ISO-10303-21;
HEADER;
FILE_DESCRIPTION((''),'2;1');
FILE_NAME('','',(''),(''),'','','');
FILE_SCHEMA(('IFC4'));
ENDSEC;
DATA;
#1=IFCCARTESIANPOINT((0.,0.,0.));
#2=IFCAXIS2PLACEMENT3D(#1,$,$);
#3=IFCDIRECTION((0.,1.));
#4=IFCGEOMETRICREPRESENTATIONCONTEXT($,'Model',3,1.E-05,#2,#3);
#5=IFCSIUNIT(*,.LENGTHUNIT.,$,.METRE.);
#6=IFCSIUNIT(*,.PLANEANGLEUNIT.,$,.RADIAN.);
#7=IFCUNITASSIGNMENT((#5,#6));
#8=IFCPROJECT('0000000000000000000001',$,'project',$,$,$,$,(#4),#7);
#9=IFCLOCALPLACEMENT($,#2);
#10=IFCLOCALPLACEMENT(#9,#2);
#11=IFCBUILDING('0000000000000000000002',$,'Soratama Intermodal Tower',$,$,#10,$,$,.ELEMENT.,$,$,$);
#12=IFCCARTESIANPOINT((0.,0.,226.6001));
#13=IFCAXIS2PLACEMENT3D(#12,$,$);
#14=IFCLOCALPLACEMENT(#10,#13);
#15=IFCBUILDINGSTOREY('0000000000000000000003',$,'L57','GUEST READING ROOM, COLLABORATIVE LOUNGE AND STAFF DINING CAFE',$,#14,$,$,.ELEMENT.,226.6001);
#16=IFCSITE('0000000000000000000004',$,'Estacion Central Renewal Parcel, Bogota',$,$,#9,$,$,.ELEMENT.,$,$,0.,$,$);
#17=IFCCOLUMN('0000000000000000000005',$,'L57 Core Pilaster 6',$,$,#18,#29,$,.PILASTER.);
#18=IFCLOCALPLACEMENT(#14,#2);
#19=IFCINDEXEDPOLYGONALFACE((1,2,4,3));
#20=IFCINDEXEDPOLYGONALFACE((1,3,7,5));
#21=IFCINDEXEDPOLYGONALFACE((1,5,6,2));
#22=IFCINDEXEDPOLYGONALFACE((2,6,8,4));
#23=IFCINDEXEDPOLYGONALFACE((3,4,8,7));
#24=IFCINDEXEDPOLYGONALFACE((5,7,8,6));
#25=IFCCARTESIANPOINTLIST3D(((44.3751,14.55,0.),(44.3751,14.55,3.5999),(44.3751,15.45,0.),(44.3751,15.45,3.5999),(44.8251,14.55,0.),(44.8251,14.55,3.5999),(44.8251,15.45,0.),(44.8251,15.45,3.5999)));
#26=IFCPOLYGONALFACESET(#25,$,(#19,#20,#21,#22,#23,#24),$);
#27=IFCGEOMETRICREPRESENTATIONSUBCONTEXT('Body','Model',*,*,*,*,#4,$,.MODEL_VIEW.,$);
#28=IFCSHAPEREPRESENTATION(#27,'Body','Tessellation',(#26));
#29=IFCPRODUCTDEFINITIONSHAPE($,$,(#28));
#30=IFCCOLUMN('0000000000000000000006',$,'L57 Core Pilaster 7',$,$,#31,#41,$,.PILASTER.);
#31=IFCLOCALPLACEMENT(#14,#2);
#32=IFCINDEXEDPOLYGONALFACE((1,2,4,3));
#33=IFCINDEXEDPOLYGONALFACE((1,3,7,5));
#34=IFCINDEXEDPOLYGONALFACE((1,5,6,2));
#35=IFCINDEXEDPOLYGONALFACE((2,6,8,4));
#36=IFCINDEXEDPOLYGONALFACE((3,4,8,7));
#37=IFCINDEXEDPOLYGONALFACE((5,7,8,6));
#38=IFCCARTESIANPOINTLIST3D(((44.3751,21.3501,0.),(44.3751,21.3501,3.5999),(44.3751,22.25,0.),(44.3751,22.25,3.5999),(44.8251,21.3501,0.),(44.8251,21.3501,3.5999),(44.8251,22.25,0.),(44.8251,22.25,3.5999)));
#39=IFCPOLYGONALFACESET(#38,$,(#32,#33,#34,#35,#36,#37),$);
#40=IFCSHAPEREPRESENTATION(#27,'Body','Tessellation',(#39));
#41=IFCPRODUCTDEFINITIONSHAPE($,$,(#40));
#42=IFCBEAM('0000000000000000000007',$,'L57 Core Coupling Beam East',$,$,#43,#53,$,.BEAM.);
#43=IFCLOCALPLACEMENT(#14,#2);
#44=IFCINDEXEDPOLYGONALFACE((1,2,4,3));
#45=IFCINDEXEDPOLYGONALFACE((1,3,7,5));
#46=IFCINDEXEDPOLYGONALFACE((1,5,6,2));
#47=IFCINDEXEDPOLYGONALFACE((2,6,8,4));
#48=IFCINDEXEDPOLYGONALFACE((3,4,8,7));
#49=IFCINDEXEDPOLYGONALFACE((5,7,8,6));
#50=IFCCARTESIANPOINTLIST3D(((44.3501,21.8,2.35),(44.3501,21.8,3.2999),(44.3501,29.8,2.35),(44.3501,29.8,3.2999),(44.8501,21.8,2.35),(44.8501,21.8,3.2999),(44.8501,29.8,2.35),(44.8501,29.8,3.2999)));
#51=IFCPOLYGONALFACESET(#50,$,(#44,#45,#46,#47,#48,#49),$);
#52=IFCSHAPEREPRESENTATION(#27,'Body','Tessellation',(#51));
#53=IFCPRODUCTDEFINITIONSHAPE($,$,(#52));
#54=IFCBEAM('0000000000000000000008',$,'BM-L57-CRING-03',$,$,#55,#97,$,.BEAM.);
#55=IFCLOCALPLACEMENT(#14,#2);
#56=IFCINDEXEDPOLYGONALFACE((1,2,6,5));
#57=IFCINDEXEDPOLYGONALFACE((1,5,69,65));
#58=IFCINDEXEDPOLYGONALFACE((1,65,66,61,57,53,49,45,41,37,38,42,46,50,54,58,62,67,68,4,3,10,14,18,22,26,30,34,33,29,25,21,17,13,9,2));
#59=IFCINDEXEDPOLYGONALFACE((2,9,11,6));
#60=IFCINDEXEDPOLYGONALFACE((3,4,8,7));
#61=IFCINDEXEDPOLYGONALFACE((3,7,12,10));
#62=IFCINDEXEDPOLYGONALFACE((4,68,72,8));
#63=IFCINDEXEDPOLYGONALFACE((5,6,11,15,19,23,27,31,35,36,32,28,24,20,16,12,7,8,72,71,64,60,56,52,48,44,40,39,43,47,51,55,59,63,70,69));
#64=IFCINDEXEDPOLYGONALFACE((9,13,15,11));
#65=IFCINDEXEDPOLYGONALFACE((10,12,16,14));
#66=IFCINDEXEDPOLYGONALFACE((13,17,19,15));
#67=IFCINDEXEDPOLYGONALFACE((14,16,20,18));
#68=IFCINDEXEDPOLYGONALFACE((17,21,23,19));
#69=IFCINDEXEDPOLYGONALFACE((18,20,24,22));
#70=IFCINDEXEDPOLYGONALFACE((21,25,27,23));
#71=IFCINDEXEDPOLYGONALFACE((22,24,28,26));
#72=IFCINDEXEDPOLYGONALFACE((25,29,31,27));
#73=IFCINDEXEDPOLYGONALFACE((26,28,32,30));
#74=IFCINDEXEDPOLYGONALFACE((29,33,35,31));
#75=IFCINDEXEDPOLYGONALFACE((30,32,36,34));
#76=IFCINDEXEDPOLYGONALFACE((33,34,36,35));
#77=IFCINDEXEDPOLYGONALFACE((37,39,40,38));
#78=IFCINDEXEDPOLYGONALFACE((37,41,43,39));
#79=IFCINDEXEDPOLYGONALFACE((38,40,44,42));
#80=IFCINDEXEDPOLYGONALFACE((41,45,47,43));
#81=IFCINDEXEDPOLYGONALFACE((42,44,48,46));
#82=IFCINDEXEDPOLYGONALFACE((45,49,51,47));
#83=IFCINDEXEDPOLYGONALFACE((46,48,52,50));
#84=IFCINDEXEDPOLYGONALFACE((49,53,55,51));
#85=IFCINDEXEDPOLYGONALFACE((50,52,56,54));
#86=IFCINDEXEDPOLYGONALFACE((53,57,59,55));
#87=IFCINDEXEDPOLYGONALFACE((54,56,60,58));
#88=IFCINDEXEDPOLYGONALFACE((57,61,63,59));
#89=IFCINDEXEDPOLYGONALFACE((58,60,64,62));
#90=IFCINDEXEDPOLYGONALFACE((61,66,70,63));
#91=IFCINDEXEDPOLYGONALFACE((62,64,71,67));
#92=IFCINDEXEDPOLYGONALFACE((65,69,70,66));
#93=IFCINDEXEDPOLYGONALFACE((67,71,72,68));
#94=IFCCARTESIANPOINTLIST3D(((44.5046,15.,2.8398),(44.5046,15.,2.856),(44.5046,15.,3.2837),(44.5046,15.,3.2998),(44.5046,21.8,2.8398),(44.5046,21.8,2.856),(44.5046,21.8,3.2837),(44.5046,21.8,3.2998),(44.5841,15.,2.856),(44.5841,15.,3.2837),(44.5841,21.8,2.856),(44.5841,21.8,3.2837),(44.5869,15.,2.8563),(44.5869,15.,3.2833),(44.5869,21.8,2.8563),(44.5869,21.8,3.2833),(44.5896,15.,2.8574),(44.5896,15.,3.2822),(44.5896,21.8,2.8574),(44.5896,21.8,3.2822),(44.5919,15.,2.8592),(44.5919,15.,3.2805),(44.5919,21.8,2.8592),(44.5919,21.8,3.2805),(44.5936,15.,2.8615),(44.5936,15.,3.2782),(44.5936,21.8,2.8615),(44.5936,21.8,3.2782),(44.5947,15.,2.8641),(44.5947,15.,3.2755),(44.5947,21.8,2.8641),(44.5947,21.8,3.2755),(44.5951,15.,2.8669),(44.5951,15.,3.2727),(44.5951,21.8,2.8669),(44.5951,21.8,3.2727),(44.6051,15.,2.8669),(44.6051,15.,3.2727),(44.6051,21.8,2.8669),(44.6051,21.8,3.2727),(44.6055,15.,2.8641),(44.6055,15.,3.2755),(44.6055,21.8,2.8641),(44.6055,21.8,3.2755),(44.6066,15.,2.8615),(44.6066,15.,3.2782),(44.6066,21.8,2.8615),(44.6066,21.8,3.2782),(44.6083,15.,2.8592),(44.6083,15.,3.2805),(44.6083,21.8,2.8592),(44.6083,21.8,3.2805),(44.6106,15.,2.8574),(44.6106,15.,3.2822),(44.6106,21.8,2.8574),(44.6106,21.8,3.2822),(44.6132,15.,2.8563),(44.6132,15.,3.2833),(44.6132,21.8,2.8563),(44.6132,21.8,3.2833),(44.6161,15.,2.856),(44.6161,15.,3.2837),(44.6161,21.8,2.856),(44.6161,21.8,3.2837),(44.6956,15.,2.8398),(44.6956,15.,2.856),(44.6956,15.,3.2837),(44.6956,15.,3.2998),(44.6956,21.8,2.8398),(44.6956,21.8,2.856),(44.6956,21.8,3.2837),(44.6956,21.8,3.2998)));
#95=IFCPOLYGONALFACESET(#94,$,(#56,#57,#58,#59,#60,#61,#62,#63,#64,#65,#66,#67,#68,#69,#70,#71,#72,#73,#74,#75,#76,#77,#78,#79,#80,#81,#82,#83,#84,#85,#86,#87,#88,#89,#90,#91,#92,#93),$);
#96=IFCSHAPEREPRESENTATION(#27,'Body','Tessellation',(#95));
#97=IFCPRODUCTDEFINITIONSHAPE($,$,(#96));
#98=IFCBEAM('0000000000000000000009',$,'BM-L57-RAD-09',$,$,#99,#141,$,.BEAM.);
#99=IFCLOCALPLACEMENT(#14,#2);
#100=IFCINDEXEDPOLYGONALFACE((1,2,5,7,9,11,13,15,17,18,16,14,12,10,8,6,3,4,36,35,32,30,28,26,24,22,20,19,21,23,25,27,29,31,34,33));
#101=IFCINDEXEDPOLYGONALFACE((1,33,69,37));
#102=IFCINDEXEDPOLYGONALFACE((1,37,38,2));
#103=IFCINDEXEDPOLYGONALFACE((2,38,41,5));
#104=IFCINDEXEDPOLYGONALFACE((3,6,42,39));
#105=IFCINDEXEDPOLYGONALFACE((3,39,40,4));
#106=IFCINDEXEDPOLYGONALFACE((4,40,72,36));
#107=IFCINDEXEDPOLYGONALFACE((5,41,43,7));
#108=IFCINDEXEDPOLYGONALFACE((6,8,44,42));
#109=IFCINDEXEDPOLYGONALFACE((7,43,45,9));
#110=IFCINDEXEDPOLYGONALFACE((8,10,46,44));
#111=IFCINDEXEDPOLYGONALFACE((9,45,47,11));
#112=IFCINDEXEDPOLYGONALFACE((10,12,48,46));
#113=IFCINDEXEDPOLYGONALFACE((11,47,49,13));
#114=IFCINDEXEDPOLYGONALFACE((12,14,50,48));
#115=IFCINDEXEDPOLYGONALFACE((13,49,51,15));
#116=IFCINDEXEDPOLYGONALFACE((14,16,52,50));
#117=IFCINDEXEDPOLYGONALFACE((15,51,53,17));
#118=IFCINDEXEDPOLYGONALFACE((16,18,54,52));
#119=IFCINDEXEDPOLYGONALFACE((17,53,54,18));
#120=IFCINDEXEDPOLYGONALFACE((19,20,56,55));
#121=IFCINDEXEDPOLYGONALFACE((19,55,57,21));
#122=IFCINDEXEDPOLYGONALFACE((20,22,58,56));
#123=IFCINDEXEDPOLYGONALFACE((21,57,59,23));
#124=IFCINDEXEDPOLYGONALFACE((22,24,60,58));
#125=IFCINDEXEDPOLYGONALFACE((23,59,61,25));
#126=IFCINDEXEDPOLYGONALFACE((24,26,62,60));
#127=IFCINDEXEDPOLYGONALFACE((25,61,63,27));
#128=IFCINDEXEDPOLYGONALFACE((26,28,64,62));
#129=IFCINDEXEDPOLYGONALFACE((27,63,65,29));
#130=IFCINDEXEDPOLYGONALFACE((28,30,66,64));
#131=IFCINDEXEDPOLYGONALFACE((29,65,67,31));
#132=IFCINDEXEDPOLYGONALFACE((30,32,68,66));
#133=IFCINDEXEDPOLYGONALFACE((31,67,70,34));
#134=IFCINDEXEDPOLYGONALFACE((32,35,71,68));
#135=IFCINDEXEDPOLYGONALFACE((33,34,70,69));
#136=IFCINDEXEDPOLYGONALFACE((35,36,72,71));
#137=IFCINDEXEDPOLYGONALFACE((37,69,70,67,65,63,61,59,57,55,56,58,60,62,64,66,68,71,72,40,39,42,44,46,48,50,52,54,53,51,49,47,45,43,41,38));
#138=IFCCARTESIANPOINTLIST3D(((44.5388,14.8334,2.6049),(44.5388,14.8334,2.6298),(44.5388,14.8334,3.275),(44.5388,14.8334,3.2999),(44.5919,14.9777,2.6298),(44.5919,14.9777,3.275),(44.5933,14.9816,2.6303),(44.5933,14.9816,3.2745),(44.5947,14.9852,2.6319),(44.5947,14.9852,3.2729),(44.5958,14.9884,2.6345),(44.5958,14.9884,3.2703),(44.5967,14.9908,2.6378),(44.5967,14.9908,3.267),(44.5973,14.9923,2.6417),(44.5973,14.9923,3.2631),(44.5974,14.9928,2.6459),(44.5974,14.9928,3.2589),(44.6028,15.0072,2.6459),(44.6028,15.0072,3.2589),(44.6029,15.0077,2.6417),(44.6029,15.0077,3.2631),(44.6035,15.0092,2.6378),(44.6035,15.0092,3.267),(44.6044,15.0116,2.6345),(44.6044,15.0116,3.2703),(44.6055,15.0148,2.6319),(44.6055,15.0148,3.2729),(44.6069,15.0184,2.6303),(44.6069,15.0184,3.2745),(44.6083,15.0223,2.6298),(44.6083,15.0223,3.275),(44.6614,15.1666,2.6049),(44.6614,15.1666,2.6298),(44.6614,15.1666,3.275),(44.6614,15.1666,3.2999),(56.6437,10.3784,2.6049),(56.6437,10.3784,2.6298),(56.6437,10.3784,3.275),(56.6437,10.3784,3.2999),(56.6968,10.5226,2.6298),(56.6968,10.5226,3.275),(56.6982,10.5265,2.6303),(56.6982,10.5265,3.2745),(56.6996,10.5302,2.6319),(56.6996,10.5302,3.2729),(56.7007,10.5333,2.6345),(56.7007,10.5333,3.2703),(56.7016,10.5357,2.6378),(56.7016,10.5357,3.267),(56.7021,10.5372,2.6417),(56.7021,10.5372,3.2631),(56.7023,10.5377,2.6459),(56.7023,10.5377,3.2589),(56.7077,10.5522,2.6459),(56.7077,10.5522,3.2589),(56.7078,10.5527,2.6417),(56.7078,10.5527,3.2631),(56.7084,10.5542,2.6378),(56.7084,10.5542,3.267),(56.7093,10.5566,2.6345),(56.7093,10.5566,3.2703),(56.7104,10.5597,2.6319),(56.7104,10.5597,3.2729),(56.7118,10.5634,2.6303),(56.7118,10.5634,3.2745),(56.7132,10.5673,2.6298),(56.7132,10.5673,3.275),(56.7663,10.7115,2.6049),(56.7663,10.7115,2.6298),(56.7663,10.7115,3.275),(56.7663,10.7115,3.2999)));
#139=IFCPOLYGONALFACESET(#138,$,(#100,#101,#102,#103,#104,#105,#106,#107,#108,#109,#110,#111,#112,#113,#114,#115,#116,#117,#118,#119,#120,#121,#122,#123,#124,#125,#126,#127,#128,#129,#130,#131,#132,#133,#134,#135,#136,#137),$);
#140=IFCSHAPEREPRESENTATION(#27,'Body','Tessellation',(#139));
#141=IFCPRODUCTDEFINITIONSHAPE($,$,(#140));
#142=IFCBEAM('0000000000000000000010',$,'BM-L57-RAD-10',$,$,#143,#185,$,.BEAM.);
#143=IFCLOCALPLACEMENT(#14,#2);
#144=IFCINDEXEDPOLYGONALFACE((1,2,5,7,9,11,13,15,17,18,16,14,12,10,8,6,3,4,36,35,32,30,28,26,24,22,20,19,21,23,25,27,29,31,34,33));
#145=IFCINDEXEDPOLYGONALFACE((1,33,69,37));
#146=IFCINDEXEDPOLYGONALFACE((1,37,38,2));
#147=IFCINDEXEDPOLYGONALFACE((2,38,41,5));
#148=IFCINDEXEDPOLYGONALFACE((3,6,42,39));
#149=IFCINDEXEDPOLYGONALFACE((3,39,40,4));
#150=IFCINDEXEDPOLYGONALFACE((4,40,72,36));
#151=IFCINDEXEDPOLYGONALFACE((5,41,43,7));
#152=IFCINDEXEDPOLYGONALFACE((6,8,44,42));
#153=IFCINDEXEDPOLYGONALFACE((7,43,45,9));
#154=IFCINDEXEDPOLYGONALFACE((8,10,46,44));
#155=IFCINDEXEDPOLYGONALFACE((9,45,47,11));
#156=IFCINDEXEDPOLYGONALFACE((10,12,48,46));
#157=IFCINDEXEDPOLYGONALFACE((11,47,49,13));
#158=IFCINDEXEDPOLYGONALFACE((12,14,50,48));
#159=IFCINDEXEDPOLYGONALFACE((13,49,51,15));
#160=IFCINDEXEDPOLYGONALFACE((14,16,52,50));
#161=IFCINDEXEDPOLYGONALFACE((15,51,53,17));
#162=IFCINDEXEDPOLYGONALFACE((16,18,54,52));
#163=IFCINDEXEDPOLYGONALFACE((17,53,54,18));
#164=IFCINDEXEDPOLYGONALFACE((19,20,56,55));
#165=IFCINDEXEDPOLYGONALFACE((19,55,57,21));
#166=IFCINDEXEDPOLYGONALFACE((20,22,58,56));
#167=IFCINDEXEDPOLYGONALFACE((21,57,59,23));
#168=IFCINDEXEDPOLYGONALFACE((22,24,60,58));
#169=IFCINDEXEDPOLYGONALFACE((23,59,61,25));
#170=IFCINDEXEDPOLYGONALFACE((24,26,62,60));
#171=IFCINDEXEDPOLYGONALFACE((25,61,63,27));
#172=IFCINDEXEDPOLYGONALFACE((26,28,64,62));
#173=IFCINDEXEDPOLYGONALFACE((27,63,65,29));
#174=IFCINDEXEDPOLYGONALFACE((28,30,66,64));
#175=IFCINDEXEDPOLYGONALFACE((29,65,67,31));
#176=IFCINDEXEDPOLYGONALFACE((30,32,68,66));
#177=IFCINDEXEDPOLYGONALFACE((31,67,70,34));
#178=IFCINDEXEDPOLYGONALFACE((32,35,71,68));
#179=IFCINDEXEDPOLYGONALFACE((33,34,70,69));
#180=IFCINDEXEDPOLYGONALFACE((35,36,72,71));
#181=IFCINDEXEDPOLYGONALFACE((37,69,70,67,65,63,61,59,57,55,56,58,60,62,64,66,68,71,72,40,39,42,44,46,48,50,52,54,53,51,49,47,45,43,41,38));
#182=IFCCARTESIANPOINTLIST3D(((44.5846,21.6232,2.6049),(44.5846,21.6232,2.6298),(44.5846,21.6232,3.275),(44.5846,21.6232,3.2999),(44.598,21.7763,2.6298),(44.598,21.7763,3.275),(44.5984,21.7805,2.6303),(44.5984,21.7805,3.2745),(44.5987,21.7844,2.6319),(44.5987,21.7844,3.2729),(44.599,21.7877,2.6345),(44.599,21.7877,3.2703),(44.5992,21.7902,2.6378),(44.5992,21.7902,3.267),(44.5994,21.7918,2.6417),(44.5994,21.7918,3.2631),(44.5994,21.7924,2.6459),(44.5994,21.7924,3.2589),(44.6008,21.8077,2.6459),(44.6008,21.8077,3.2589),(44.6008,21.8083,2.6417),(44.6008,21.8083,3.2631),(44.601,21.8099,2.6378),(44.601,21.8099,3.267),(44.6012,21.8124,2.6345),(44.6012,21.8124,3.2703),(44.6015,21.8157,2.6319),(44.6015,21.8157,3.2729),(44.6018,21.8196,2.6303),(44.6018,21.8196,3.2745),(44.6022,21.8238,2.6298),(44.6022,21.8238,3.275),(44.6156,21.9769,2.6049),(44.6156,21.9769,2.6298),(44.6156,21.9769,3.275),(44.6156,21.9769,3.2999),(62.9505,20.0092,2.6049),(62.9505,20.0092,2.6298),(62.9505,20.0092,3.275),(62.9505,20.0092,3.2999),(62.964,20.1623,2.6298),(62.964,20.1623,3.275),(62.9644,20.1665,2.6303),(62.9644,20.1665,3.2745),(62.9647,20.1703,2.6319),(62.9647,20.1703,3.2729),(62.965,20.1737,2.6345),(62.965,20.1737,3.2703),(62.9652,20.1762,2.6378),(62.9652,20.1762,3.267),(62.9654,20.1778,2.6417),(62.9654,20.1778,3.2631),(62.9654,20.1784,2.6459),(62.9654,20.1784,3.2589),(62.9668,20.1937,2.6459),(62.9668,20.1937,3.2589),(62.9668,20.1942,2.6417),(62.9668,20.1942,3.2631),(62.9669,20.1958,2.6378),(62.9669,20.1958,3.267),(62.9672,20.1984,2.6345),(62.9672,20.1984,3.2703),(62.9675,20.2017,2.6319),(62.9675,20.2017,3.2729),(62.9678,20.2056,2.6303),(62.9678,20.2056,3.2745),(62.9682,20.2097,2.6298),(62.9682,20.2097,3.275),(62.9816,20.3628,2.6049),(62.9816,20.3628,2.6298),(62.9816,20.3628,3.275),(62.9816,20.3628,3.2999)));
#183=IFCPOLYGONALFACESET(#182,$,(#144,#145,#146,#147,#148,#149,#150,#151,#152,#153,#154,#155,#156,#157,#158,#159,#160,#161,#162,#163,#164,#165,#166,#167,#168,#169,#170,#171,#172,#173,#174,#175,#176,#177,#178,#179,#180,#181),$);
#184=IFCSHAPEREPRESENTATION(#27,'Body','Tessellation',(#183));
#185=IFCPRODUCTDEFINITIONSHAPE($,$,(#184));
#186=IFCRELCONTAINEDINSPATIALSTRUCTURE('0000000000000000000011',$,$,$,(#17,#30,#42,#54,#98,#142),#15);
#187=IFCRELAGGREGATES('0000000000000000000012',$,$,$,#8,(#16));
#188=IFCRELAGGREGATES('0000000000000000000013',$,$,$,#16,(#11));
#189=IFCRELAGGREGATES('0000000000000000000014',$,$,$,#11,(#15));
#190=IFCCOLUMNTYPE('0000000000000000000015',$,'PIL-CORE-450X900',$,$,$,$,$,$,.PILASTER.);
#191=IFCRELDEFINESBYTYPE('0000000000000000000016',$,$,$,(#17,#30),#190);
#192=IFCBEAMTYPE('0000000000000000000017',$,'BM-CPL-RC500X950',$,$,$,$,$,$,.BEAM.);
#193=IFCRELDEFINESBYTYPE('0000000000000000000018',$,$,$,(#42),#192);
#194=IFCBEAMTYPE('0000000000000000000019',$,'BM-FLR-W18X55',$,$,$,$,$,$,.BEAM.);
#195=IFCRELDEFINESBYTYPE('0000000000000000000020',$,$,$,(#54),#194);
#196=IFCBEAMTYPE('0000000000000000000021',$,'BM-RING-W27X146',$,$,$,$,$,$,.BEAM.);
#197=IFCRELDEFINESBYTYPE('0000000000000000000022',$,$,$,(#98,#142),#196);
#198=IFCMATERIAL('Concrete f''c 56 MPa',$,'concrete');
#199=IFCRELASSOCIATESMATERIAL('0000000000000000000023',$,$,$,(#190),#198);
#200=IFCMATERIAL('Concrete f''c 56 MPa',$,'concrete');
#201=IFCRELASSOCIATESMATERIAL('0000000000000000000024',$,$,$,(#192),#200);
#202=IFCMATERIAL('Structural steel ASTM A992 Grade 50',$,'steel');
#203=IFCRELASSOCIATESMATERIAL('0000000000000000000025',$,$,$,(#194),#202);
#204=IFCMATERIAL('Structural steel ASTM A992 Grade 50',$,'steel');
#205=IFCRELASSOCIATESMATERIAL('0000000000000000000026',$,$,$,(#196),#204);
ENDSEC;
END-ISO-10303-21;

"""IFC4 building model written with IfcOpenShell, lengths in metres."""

from ifc_helpers import new_model, si_unit, direction, frame, origin, origin_2d, place, context, subcontext, project, spatial, rectangle, i_section, extrude, material, material_profile, profile_set, type_object, element, save


model = new_model("IFC4")

# Units and contexts
model_context = context("Model", 3, precision=1e-05, world=origin(), true_north=direction((0.0, 1.0)))
body_context = subcontext(model_context, "Body", "Model", "MODEL_VIEW")
ifc_project = project(units=[si_unit("LENGTHUNIT", "METRE"), si_unit("PLANEANGLEUNIT", "RADIAN")], contexts=[model_context])

# Site, building, storey
site_placement = place(None, origin())
site = spatial("IfcSite", under=ifc_project, at=site_placement, Name="Estacion Central Renewal Parcel, Bogota", CompositionType="ELEMENT", RefElevation=0.0)
building_placement = place(site_placement, origin())
building = spatial("IfcBuilding", under=site, at=building_placement, Name="Soratama Intermodal Tower", CompositionType="ELEMENT")
storey_placement = place(building_placement, frame((0.0, 0.0, 226.6001)))
storey = spatial("IfcBuildingStorey", under=building, at=storey_placement, Name="L57", Description="GUEST READING ROOM, COLLABORATIVE LOUNGE AND STAFF DINING CAFE", CompositionType="ELEMENT", Elevation=226.6001)

# Columns
ifc_material_1 = material(Name="Concrete f'c 56 MPa", Category="concrete")
ifc_material_profile_1 = material_profile(ifc_material_1, rectangle(XDim=0.45, YDim=0.8999, at=origin_2d()), Name="RC450X900")
ifc_profile_set_1 = profile_set([ifc_material_profile_1], Name="Concrete f'c 56 MPa")
column_type = type_object("IfcColumnType", Name="PIL-CORE-450X900", PredefinedType="PILASTER", material=ifc_profile_set_1)
for number, where, z_axis, x_axis, name in (
    (1, (44.6001, 15.0, 0.0), (0.0, 0.0, 1.0), (1.0, 0.0, 0.0), "L57 Core Pilaster 6"),
    (2, (44.6001, 21.8, 0.0), (0.0, 0.0, 1.0), (1.0, 0.0, 0.0), "L57 Core Pilaster 7"),
):
    element("IfcColumn", number, at=place(storey_placement, frame(where, z_axis=z_axis, x_axis=x_axis)), inside=storey, type_object=column_type, Name=name, PredefinedType="PILASTER", context=body_context, shape_type="SweptSolid", body=[
        extrude(rectangle(XDim=0.45, YDim=0.8999, at=origin_2d()), origin(), (0.0, 0.0, 1.0), 3.5999),
    ])

# Beams
ifc_material_2 = material(Name="Concrete f'c 56 MPa", Category="concrete")
ifc_material_profile_2 = material_profile(ifc_material_2, rectangle(XDim=0.5, YDim=0.95, at=origin_2d()), Name="RC500X950")
ifc_profile_set_2 = profile_set([ifc_material_profile_2], Name="Concrete f'c 56 MPa")
beam_type_1 = type_object("IfcBeamType", Name="BM-CPL-RC500X950", PredefinedType="BEAM", material=ifc_profile_set_2)
beam_1_placement = place(storey_placement, frame((44.6001, 21.8, 2.825), z_axis=(0.0, 1.0, 0.0), x_axis=(-1.0, 0.0, 0.0)))
element("IfcBeam", 3, at=beam_1_placement, inside=storey, type_object=beam_type_1, Name="L57 Core Coupling Beam East", PredefinedType="BEAM", context=body_context, shape_type="SweptSolid", body=[
    extrude(rectangle(XDim=0.5, YDim=0.95, at=origin_2d()), origin(), (0.0, 0.0, 1.0), 8.0),
])
ifc_material_3 = material(Name="Structural steel ASTM A992 Grade 50", Category="steel")
ifc_material_profile_3 = material_profile(ifc_material_3, i_section(OverallWidth=0.1909, OverallDepth=0.46, WebThickness=0.01, FlangeThickness=0.0161, FilletRadius=0.011, at=origin_2d()), Name="W18X55")
ifc_profile_set_3 = profile_set([ifc_material_profile_3], Name="Structural steel ASTM A992 Grade 50")
beam_type_2 = type_object("IfcBeamType", Name="BM-FLR-W18X55", PredefinedType="BEAM", material=ifc_profile_set_3)
beam_2_placement = place(storey_placement, frame((44.6001, 15.0, 3.0698), z_axis=(0.0, 1.0, 0.0), x_axis=(-1.0, 0.0, 0.0)))
element("IfcBeam", 4, at=beam_2_placement, inside=storey, type_object=beam_type_2, Name="BM-L57-CRING-03", PredefinedType="BEAM", context=body_context, shape_type="SweptSolid", body=[
    extrude(i_section(OverallWidth=0.1909, OverallDepth=0.46, WebThickness=0.01, FlangeThickness=0.0161, FilletRadius=0.011, at=origin_2d()), origin(), (0.0, 0.0, 1.0), 6.8),
])
ifc_material_4 = material(Name="Structural steel ASTM A992 Grade 50", Category="steel")
ifc_material_profile_4 = material_profile(ifc_material_4, i_section(OverallWidth=0.355, OverallDepth=0.6951, WebThickness=0.0154, FlangeThickness=0.0249, FilletRadius=0.0161, at=origin_2d()), Name="W27X146")
ifc_profile_set_4 = profile_set([ifc_material_profile_4], Name="Structural steel ASTM A992 Grade 50")
beam_type_3 = type_object("IfcBeamType", Name="BM-RING-W27X146", PredefinedType="BEAM", material=ifc_profile_set_4)
beam_3_placement = place(storey_placement, frame((44.6001, 15.0, 2.9524), z_axis=(0.93846, -0.345388, 0.0), x_axis=(0.345388, 0.93846, 0.0)))
element("IfcBeam", 5, at=beam_3_placement, inside=storey, type_object=beam_type_3, Name="BM-L57-RAD-09", PredefinedType="BEAM", context=body_context, shape_type="SweptSolid", body=[
    extrude(i_section(OverallWidth=0.355, OverallDepth=0.6951, WebThickness=0.0154, FlangeThickness=0.0249, FilletRadius=0.0161, at=origin_2d()), origin(), (0.0, 0.0, 1.0), 12.8987),
])
beam_4_placement = place(storey_placement, frame((44.6001, 21.8, 2.9524), z_axis=(0.996161, -0.087543, 0.0), x_axis=(0.087543, 0.996161, 0.0)))
element("IfcBeam", 6, at=beam_4_placement, inside=storey, type_object=beam_type_3, Name="BM-L57-RAD-10", PredefinedType="BEAM", context=body_context, shape_type="SweptSolid", body=[
    extrude(i_section(OverallWidth=0.355, OverallDepth=0.6951, WebThickness=0.0154, FlangeThickness=0.0249, FilletRadius=0.0161, at=origin_2d()), origin(), (0.0, 0.0, 1.0), 18.4368),
])

save(model, "model.ifc")
